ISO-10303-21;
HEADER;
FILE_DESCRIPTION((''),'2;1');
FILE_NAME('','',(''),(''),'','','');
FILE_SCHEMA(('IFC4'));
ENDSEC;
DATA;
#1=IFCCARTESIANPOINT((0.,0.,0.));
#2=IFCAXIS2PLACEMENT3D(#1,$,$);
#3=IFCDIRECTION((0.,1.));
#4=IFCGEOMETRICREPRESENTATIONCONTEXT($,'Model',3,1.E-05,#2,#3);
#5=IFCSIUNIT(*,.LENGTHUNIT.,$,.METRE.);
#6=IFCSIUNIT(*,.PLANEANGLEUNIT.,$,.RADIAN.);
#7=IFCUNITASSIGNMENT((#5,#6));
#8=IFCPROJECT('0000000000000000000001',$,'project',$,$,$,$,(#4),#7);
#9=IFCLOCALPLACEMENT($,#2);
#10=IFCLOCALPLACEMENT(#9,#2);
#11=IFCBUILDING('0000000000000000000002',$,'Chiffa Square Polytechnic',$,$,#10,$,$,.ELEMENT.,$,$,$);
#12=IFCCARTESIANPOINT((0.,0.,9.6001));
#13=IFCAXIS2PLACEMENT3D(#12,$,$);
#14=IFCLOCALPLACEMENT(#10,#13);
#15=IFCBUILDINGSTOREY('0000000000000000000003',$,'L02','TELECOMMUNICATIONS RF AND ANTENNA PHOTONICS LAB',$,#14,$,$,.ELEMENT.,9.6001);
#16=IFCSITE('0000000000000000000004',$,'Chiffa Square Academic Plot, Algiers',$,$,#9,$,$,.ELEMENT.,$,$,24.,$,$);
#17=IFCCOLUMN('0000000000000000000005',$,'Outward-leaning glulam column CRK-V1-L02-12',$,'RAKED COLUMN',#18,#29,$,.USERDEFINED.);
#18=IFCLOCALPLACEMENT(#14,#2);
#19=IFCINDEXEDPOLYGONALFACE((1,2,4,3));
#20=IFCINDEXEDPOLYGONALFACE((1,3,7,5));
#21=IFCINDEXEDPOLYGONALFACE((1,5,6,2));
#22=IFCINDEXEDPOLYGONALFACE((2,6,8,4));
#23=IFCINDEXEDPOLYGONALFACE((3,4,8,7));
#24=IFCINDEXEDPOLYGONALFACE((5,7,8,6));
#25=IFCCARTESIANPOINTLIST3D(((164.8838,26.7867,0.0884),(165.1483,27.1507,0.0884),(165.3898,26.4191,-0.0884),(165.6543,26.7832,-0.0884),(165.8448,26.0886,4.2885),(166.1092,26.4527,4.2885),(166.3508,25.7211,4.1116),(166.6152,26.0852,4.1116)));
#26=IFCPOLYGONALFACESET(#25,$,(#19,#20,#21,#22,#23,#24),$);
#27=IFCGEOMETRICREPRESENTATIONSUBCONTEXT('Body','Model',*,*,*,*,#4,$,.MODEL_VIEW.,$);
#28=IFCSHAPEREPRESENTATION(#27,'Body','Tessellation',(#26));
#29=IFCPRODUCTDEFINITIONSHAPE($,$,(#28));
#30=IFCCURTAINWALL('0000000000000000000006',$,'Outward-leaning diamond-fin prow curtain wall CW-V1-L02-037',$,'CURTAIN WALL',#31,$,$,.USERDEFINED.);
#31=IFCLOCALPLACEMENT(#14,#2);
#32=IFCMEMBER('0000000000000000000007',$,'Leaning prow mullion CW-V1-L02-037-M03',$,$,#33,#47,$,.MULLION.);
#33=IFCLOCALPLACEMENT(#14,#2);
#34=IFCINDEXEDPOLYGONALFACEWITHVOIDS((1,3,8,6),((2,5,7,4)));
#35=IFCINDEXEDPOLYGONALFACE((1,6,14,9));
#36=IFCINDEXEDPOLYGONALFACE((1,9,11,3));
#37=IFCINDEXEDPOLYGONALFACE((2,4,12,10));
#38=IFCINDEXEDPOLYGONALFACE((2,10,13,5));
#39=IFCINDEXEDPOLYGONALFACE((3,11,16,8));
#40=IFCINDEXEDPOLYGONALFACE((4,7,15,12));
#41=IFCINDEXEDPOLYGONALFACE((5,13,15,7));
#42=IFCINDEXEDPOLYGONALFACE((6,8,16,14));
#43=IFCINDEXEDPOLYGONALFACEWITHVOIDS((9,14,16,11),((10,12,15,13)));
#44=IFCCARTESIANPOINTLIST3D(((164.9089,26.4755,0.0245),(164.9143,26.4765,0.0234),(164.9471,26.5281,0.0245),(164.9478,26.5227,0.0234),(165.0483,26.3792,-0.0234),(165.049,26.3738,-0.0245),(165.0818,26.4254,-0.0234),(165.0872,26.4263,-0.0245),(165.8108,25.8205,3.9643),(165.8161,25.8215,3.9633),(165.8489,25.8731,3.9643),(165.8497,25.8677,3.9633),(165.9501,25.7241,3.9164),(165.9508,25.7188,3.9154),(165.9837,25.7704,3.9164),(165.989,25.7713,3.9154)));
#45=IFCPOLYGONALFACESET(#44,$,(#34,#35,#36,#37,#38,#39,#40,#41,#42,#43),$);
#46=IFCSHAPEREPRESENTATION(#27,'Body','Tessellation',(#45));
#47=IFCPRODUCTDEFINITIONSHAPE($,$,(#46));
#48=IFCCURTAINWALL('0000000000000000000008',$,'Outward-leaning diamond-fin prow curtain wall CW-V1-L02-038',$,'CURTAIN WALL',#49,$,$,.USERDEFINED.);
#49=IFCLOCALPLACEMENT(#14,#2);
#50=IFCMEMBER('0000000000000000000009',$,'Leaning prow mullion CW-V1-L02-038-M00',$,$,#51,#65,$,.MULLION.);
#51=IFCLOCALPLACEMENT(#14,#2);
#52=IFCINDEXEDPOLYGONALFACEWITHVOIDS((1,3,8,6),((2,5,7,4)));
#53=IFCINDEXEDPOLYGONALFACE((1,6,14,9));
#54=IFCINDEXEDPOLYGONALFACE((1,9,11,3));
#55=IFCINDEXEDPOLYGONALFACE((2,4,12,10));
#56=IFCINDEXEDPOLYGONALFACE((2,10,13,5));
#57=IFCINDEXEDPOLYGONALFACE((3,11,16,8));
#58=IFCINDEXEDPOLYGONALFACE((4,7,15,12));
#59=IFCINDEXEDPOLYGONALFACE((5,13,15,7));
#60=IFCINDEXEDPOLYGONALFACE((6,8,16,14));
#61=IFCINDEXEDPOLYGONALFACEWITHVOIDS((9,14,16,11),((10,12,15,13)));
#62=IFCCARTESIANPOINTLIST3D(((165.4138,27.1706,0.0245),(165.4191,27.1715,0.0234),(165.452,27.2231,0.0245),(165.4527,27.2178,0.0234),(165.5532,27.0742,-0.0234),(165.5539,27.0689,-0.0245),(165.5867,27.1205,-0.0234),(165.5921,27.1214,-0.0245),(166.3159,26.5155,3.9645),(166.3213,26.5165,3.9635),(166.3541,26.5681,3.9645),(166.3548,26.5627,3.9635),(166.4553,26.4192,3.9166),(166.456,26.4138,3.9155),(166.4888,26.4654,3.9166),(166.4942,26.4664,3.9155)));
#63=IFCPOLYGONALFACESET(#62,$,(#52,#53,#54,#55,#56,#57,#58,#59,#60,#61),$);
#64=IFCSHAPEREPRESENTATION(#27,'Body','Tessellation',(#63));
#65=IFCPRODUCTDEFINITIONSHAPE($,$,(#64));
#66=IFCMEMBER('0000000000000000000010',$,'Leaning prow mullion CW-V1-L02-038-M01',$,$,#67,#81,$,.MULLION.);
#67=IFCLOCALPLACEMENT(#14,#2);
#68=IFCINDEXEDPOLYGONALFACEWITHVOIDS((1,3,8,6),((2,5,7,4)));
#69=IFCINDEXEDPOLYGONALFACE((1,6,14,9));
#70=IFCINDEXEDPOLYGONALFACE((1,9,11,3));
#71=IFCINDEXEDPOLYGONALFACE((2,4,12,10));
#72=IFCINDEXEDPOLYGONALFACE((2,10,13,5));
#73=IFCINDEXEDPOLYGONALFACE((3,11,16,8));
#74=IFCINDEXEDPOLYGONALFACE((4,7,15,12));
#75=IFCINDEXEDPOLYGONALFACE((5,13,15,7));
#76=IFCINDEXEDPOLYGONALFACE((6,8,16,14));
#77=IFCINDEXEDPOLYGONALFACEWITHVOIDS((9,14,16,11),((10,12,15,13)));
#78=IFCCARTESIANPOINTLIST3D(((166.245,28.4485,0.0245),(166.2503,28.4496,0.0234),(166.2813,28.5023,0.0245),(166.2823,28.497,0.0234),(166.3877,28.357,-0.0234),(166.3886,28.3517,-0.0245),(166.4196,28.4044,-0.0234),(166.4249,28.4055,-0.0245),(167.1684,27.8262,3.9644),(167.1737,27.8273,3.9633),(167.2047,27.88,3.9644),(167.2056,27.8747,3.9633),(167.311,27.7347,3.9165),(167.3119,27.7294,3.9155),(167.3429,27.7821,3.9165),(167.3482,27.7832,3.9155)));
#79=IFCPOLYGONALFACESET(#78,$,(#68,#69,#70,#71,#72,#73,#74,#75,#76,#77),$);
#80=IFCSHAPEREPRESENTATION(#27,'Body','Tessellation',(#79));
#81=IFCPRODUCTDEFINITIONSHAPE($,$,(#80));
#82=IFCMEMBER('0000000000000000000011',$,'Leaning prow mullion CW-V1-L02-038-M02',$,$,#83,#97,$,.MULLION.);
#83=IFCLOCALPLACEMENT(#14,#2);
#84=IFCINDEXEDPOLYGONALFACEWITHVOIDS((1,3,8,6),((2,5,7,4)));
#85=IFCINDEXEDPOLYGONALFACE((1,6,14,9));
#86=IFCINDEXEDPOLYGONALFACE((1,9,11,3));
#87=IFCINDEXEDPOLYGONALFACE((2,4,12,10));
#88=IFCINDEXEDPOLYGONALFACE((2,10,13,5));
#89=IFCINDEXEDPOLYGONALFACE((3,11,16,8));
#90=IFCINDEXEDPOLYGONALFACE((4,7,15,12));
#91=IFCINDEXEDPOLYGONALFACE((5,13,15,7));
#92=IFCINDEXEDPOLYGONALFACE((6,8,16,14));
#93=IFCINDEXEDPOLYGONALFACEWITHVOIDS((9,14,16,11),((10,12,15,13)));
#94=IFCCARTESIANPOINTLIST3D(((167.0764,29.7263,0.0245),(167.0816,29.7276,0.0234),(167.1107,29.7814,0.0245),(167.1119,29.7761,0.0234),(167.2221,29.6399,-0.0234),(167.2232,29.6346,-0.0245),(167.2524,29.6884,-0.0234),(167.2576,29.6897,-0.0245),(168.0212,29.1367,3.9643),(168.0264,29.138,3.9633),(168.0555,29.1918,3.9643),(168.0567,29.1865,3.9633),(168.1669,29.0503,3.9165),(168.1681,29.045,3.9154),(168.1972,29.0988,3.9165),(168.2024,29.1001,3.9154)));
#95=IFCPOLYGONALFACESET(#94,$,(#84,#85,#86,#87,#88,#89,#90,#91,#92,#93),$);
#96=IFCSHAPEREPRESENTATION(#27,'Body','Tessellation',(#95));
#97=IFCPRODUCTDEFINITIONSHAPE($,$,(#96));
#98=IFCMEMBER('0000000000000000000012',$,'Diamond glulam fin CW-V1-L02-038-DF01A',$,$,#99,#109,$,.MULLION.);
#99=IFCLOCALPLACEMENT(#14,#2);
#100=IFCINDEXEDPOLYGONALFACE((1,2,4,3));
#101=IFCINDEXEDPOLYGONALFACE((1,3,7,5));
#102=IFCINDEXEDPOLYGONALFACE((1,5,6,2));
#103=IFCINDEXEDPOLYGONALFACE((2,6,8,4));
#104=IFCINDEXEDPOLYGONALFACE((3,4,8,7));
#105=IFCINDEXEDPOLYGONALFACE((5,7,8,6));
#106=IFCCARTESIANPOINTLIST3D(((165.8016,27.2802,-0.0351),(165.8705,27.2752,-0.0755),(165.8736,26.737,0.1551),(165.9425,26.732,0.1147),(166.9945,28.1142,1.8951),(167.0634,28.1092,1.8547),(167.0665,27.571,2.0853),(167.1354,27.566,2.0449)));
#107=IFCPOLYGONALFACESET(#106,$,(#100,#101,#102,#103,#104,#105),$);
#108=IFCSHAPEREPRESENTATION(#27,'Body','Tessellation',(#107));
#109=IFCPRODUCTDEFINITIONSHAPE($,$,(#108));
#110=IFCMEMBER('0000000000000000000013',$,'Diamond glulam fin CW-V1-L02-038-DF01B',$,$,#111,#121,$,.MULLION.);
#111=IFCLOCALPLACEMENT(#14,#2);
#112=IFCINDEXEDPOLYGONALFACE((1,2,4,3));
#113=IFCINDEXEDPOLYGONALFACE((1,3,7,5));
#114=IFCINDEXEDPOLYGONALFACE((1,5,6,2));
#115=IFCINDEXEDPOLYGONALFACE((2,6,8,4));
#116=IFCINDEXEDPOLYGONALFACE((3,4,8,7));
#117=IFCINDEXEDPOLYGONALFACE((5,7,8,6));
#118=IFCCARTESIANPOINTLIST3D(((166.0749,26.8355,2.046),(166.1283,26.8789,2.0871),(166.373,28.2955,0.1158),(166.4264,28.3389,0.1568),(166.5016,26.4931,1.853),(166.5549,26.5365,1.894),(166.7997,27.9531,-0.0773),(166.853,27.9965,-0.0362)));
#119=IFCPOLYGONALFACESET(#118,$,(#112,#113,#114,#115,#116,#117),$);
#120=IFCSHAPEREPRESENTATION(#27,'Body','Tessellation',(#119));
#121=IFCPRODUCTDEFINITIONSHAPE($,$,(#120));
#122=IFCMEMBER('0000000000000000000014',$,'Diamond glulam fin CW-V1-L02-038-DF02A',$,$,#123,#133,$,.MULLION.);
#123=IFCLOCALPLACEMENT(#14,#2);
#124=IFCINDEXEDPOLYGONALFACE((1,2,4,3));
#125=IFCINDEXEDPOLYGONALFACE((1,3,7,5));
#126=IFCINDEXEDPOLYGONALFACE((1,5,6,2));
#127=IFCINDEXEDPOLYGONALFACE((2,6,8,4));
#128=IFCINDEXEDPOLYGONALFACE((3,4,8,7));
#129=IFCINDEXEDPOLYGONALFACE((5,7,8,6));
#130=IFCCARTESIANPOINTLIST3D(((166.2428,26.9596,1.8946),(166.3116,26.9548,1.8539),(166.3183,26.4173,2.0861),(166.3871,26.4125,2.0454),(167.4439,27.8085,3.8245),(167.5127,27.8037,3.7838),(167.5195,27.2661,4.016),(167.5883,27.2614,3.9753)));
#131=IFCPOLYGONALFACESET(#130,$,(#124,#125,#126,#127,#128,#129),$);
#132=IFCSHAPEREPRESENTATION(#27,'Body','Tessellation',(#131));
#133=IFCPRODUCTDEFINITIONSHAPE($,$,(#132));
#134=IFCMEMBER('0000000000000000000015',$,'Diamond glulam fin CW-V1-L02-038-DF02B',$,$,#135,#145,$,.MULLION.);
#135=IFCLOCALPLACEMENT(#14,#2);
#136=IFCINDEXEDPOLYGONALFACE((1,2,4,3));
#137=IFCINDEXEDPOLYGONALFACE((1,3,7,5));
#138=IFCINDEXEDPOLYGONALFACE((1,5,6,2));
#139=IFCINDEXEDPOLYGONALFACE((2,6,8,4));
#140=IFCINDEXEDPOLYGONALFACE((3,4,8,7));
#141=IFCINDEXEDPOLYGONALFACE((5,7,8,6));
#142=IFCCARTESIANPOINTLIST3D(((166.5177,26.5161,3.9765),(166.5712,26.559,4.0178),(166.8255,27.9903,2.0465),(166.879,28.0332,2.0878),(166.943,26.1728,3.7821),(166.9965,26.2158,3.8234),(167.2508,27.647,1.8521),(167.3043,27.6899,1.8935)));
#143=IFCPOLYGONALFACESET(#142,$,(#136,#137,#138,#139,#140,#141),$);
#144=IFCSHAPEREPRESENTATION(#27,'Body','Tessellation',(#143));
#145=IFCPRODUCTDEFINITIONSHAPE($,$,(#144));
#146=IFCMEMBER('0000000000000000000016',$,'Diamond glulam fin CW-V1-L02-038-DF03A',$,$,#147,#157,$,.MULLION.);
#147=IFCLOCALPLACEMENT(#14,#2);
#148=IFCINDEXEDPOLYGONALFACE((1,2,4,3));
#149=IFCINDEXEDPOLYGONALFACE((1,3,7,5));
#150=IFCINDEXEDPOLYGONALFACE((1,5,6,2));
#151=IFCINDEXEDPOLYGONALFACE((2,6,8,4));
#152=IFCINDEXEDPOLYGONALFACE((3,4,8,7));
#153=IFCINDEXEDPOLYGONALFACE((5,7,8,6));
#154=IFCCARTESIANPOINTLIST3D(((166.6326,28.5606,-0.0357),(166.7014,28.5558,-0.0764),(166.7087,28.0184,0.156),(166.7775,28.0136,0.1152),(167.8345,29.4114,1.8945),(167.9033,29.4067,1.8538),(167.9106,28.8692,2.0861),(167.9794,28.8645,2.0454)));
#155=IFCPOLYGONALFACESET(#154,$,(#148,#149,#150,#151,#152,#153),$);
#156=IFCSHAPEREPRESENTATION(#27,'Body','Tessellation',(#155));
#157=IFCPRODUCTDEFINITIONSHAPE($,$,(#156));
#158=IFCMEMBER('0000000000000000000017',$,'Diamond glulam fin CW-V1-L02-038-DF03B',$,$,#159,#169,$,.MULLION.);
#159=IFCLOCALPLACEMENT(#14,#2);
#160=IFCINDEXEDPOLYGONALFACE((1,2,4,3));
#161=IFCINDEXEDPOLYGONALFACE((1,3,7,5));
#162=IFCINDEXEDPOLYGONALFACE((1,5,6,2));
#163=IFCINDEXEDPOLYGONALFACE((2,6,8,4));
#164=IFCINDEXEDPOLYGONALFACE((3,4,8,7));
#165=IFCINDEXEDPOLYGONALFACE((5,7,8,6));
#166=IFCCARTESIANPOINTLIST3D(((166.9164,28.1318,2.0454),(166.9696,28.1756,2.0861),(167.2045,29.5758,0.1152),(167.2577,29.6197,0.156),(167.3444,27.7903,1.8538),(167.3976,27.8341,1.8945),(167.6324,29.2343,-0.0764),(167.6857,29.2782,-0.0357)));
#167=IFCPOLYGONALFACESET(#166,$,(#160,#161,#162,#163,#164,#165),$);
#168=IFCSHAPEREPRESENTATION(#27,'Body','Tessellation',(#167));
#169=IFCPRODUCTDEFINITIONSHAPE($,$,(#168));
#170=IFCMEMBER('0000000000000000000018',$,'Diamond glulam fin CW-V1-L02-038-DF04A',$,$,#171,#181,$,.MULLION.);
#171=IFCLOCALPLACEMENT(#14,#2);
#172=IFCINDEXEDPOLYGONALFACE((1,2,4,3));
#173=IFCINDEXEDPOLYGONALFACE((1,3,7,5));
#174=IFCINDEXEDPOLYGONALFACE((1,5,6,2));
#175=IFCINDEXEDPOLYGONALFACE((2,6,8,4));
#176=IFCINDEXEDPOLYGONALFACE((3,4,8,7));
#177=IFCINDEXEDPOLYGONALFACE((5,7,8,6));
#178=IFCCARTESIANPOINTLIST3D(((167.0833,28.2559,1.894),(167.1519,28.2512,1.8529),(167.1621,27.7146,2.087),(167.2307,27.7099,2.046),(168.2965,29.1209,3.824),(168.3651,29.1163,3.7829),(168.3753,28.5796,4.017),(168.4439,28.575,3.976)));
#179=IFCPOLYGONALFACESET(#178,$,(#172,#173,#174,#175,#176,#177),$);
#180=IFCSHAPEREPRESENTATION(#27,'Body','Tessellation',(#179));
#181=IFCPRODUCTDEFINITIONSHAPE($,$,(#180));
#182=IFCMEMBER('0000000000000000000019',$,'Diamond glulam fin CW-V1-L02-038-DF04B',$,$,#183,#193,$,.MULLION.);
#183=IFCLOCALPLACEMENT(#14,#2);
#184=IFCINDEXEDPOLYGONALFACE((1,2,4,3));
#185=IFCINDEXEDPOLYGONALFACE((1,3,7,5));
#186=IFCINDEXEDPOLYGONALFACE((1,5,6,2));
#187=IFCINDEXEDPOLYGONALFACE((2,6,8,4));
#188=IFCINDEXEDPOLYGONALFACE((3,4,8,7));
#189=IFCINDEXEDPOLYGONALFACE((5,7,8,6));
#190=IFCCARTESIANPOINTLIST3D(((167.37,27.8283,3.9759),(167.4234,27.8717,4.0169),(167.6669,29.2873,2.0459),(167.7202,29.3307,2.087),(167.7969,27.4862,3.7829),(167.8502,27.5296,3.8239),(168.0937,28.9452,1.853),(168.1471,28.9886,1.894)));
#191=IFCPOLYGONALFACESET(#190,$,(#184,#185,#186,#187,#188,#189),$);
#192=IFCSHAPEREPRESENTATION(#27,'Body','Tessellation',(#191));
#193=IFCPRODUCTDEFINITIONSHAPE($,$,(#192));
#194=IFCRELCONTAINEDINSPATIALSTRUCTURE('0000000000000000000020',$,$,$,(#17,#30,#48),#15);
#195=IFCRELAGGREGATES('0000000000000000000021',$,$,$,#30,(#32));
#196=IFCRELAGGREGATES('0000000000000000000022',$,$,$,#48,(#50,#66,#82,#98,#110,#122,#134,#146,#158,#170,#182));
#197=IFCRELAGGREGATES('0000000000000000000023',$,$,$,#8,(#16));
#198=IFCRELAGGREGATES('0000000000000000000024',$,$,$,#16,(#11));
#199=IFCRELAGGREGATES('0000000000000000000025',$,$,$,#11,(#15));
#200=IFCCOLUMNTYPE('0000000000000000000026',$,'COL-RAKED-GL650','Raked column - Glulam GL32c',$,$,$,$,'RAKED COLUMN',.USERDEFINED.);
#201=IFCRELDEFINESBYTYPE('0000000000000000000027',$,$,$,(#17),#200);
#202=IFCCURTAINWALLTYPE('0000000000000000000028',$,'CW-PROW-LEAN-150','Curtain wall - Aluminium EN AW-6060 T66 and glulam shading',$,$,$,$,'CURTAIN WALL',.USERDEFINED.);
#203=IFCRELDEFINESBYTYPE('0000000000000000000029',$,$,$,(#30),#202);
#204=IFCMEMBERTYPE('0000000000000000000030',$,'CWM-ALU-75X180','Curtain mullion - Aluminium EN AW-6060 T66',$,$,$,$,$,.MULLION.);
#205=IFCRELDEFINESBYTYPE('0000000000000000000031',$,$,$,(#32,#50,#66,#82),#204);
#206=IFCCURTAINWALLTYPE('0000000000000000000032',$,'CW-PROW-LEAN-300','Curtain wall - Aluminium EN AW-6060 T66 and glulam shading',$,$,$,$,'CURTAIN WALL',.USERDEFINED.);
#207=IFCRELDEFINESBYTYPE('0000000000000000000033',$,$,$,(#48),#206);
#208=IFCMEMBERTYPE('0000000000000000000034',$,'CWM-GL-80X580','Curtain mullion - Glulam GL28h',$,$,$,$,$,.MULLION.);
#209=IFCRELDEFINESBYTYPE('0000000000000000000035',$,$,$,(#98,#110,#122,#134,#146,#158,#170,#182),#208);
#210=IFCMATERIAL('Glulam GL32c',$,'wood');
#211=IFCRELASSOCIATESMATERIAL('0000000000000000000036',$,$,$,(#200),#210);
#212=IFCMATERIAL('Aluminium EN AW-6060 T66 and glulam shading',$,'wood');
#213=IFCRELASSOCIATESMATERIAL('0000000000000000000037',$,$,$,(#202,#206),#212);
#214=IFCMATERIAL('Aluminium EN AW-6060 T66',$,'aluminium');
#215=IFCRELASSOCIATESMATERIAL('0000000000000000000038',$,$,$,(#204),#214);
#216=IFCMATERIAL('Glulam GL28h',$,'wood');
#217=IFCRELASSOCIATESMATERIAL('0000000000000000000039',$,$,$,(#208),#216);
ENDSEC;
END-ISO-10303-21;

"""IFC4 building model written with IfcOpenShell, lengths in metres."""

from ifc_helpers import new_model, si_unit, direction, frame, origin, origin_2d, place, context, subcontext, project, spatial, rectangle, hollow_rectangle, extrude, material, material_profile, profile_set, type_object, element, aggregate, save


model = new_model("IFC4")

# Units and contexts
model_context = context("Model", 3, precision=1e-05, world=origin(), true_north=direction((0.0, 1.0)))
body_context = subcontext(model_context, "Body", "Model", "MODEL_VIEW")
ifc_project = project(units=[si_unit("LENGTHUNIT", "METRE"), si_unit("PLANEANGLEUNIT", "RADIAN")], contexts=[model_context])

# Site, building, storey
site_placement = place(None, origin())
site = spatial("IfcSite", under=ifc_project, at=site_placement, Name="Chiffa Square Academic Plot, Algiers", CompositionType="ELEMENT", RefElevation=24.0)
building_placement = place(site_placement, origin())
building = spatial("IfcBuilding", under=site, at=building_placement, Name="Chiffa Square Polytechnic", CompositionType="ELEMENT")
storey_placement = place(building_placement, frame((0.0, 0.0, 9.6001)))
storey = spatial("IfcBuildingStorey", under=building, at=storey_placement, Name="L02", Description="TELECOMMUNICATIONS RF AND ANTENNA PHOTONICS LAB", CompositionType="ELEMENT", Elevation=9.6001)

# Column
ifc_material_1 = material(Name="Glulam GL32c", Category="wood")
ifc_material_profile_1 = material_profile(ifc_material_1, rectangle(XDim=0.45, YDim=0.6499, at=origin_2d()), Name="GL32c 450x650")
ifc_profile_set_1 = profile_set([ifc_material_profile_1], Name="Glulam GL32c")
column_type = type_object("IfcColumnType", Name="COL-RAKED-GL650", Description="Raked column - Glulam GL32c", ElementType="RAKED COLUMN", PredefinedType="USERDEFINED", material=ifc_profile_set_1)
column_placement = place(storey_placement, frame((165.269, 26.7849, 0.0), z_axis=(0.220164, -0.159921, 0.962265), x_axis=(0.587695, 0.809083, 0.0)))
element("IfcColumn", 1, at=column_placement, inside=storey, type_object=column_type, Name="Outward-leaning glulam column CRK-V1-L02-12", ObjectType="RAKED COLUMN", PredefinedType="USERDEFINED", context=body_context, shape_type="SweptSolid", body=[
    extrude(rectangle(XDim=0.45, YDim=0.6499, at=origin_2d()), origin(), (0.0, 0.0, 1.0), 4.3647),
])

# Curtain wall, member
ifc_material_2 = material(Name="Aluminium EN AW-6060 T66 and glulam shading", Category="wood")
curtain_wall_type_1 = type_object("IfcCurtainWallType", Name="CW-PROW-LEAN-150", Description="Curtain wall - Aluminium EN AW-6060 T66 and glulam shading", ElementType="CURTAIN WALL", PredefinedType="USERDEFINED", material=ifc_material_2)
curtain_wall_1_placement = place(storey_placement, origin())
curtain_wall_1 = element("IfcCurtainWall", 2, at=curtain_wall_1_placement, inside=storey, type_object=curtain_wall_type_1, Name="Outward-leaning diamond-fin prow curtain wall CW-V1-L02-037", ObjectType="CURTAIN WALL", PredefinedType="USERDEFINED")
ifc_material_3 = material(Name="Aluminium EN AW-6060 T66", Category="aluminium")
ifc_material_profile_2 = material_profile(ifc_material_3, hollow_rectangle(XDim=0.0649, YDim=0.1799, WallThickness=0.0039, at=origin_2d()), Name="ALU 65x180x4")
ifc_profile_set_2 = profile_set([ifc_material_profile_2], Name="Aluminium EN AW-6060 T66")
member_type_1 = type_object("IfcMemberType", Name="CWM-ALU-75X180", Description="Curtain mullion - Aluminium EN AW-6060 T66", PredefinedType="MULLION", material=ifc_profile_set_2)
member_1_placement = place(storey_placement, frame((164.998, 26.4509, 0.0), z_axis=(0.220256, -0.159975, 0.962235), x_axis=(0.587664, 0.809105, 0.0)))
member_1 = element("IfcMember", 3, at=member_1_placement, type_object=member_type_1, Name="Leaning prow mullion CW-V1-L02-037-M03", PredefinedType="MULLION", context=body_context, shape_type="SweptSolid", body=[
    extrude(hollow_rectangle(XDim=0.0649, YDim=0.1799, WallThickness=0.0039, at=origin_2d()), origin(), (0.0, 0.0, 1.0), 4.0945),
])
aggregate(curtain_wall_1, [member_1])

# Curtain wall, members
curtain_wall_type_2 = type_object("IfcCurtainWallType", Name="CW-PROW-LEAN-300", Description="Curtain wall - Aluminium EN AW-6060 T66 and glulam shading", ElementType="CURTAIN WALL", PredefinedType="USERDEFINED", material=ifc_material_2)
curtain_wall_2_placement = place(storey_placement, origin())
curtain_wall_2 = element("IfcCurtainWall", 4, at=curtain_wall_2_placement, inside=storey, type_object=curtain_wall_type_2, Name="Outward-leaning diamond-fin prow curtain wall CW-V1-L02-038", ObjectType="CURTAIN WALL", PredefinedType="USERDEFINED")
member_2_placement = place(storey_placement, frame((165.5029, 27.146, 0.0), z_axis=(0.220313, -0.159973, 0.962222), x_axis=(0.58756, 0.809181, 0.0)))
member_2 = element("IfcMember", 5, at=member_2_placement, type_object=member_type_1, Name="Leaning prow mullion CW-V1-L02-038-M00", PredefinedType="MULLION", context=body_context, shape_type="SweptSolid", body=[
    extrude(hollow_rectangle(XDim=0.0649, YDim=0.1799, WallThickness=0.0039, at=origin_2d()), origin(), (0.0, 0.0, 1.0), 4.0947),
])
member_3_placement = place(storey_placement, frame((166.335, 28.427, 0.0), z_axis=(0.225521, -0.151997, 0.962308), x_axis=(0.558893, 0.82924, 0.0)))
member_3 = element("IfcMember", 6, at=member_3_placement, type_object=member_type_1, Name="Leaning prow mullion CW-V1-L02-038-M01", PredefinedType="MULLION", context=body_context, shape_type="SweptSolid", body=[
    extrude(hollow_rectangle(XDim=0.0649, YDim=0.1799, WallThickness=0.0039, at=origin_2d()), origin(), (0.0, 0.0, 1.0), 4.0942),
])
member_4_placement = place(storey_placement, frame((167.167, 29.708, 0.0), z_axis=(0.230765, -0.144004, 0.962294), x_axis=(0.529408, 0.848368, 0.0)))
member_4 = element("IfcMember", 7, at=member_4_placement, type_object=member_type_1, Name="Leaning prow mullion CW-V1-L02-038-M02", PredefinedType="MULLION", context=body_context, shape_type="SweptSolid", body=[
    extrude(hollow_rectangle(XDim=0.0649, YDim=0.1799, WallThickness=0.0039, at=origin_2d()), origin(), (0.0, 0.0, 1.0), 4.0942),
])
ifc_material_4 = material(Name="Glulam GL28h", Category="wood")
ifc_material_profile_3 = material_profile(ifc_material_4, rectangle(XDim=0.0801, YDim=0.5801, at=origin_2d()), Name="GL28h 80x580")
ifc_profile_set_3 = profile_set([ifc_material_profile_3], Name="Glulam GL28h")
member_type_2 = type_object("IfcMemberType", Name="CWM-GL-80X580", Description="Curtain mullion - Glulam GL28h", PredefinedType="MULLION", material=ifc_profile_set_3)
member_5_placement = place(storey_placement, frame((165.8721, 27.0061, 0.0398), z_axis=(0.493443, 0.344986, 0.798436), x_axis=(-0.860872, 0.062678, 0.504947)))
member_5 = element("IfcMember", 8, at=member_5_placement, type_object=member_type_2, Name="Diamond glulam fin CW-V1-L02-038-DF01A", PredefinedType="MULLION", context=body_context, shape_type="SweptSolid", body=[
    extrude(rectangle(XDim=0.0801, YDim=0.5801, at=origin_2d()), origin(), (0.0, 0.0, 1.0), 2.4175),
])
member_6_placement = place(storey_placement, frame((166.613, 28.146, 0.0398), z_axis=(-0.122249, -0.598731, 0.791566), x_axis=(0.666437, 0.541486, 0.512498)))
member_6 = element("IfcMember", 9, at=member_6_placement, type_object=member_type_2, Name="Diamond glulam fin CW-V1-L02-038-DF01B", PredefinedType="MULLION", context=body_context, shape_type="SweptSolid", body=[
    extrude(rectangle(XDim=0.0801, YDim=0.5801, at=origin_2d()), origin(), (0.0, 0.0, 1.0), 2.4385),
])
member_7_placement = place(storey_placement, frame((166.3149, 26.686, 1.97), z_axis=(0.495017, 0.349832, 0.795347), x_axis=(-0.859062, 0.059813, 0.508364)))
member_7 = element("IfcMember", 10, at=member_7_placement, type_object=member_type_2, Name="Diamond glulam fin CW-V1-L02-038-DF02A", PredefinedType="MULLION", context=body_context, shape_type="SweptSolid", body=[
    extrude(rectangle(XDim=0.0801, YDim=0.5801, at=origin_2d()), origin(), (0.0, 0.0, 1.0), 2.4265),
])
member_8_placement = place(storey_placement, frame((167.0649, 27.8401, 1.97), z_axis=(-0.125763, -0.602187, 0.788388), x_axis=(0.668307, 0.535891, 0.515932)))
member_8 = element("IfcMember", 11, at=member_8_placement, type_object=member_type_2, Name="Diamond glulam fin CW-V1-L02-038-DF02B", PredefinedType="MULLION", context=body_context, shape_type="SweptSolid", body=[
    extrude(rectangle(XDim=0.0801, YDim=0.5801, at=origin_2d()), origin(), (0.0, 0.0, 1.0), 2.448),
])
member_9_placement = place(storey_placement, frame((166.7051, 28.2871, 0.0398), z_axis=(0.495065, 0.350458, 0.795041), x_axis=(-0.8589, 0.059277, 0.508701)))
member_9 = element("IfcMember", 12, at=member_9_placement, type_object=member_type_2, Name="Diamond glulam fin CW-V1-L02-038-DF03A", PredefinedType="MULLION", context=body_context, shape_type="SweptSolid", body=[
    extrude(rectangle(XDim=0.0801, YDim=0.5801, at=origin_2d()), origin(), (0.0, 0.0, 1.0), 2.4277),
])
member_10_placement = place(storey_placement, frame((167.4451, 29.427, 0.0398), z_axis=(-0.118664, -0.594827, 0.795047), x_axis=(0.664562, 0.547346, 0.508694)))
member_10 = element("IfcMember", 13, at=member_10_placement, type_object=member_type_2, Name="Diamond glulam fin CW-V1-L02-038-DF03B", PredefinedType="MULLION", context=body_context, shape_type="SweptSolid", body=[
    extrude(rectangle(XDim=0.0801, YDim=0.5801, at=origin_2d()), origin(), (0.0, 0.0, 1.0), 2.4277),
])
member_11_placement = place(storey_placement, frame((167.157, 27.9829, 1.97), z_axis=(0.497565, 0.354774, 0.791558), x_axis=(-0.856719, 0.05805, 0.512506)))
member_11 = element("IfcMember", 14, at=member_11_placement, type_object=member_type_2, Name="Diamond glulam fin CW-V1-L02-038-DF04A", PredefinedType="MULLION", context=body_context, shape_type="SweptSolid", body=[
    extrude(rectangle(XDim=0.0801, YDim=0.5801, at=origin_2d()), origin(), (0.0, 0.0, 1.0), 2.4382),
])
member_12_placement = place(storey_placement, frame((167.907, 29.1379, 1.97), z_axis=(-0.121795, -0.598558, 0.791767), x_axis=(0.666107, 0.542099, 0.51228)))
member_12 = element("IfcMember", 15, at=member_12_placement, type_object=member_type_2, Name="Diamond glulam fin CW-V1-L02-038-DF04B", PredefinedType="MULLION", context=body_context, shape_type="SweptSolid", body=[
    extrude(rectangle(XDim=0.0801, YDim=0.5801, at=origin_2d()), origin(), (0.0, 0.0, 1.0), 2.4375),
])

aggregate(curtain_wall_2, [member_2, member_3, member_4, member_5, member_6, member_7, member_8, member_9, member_10, member_11, member_12])

save(model, "model.ifc")
